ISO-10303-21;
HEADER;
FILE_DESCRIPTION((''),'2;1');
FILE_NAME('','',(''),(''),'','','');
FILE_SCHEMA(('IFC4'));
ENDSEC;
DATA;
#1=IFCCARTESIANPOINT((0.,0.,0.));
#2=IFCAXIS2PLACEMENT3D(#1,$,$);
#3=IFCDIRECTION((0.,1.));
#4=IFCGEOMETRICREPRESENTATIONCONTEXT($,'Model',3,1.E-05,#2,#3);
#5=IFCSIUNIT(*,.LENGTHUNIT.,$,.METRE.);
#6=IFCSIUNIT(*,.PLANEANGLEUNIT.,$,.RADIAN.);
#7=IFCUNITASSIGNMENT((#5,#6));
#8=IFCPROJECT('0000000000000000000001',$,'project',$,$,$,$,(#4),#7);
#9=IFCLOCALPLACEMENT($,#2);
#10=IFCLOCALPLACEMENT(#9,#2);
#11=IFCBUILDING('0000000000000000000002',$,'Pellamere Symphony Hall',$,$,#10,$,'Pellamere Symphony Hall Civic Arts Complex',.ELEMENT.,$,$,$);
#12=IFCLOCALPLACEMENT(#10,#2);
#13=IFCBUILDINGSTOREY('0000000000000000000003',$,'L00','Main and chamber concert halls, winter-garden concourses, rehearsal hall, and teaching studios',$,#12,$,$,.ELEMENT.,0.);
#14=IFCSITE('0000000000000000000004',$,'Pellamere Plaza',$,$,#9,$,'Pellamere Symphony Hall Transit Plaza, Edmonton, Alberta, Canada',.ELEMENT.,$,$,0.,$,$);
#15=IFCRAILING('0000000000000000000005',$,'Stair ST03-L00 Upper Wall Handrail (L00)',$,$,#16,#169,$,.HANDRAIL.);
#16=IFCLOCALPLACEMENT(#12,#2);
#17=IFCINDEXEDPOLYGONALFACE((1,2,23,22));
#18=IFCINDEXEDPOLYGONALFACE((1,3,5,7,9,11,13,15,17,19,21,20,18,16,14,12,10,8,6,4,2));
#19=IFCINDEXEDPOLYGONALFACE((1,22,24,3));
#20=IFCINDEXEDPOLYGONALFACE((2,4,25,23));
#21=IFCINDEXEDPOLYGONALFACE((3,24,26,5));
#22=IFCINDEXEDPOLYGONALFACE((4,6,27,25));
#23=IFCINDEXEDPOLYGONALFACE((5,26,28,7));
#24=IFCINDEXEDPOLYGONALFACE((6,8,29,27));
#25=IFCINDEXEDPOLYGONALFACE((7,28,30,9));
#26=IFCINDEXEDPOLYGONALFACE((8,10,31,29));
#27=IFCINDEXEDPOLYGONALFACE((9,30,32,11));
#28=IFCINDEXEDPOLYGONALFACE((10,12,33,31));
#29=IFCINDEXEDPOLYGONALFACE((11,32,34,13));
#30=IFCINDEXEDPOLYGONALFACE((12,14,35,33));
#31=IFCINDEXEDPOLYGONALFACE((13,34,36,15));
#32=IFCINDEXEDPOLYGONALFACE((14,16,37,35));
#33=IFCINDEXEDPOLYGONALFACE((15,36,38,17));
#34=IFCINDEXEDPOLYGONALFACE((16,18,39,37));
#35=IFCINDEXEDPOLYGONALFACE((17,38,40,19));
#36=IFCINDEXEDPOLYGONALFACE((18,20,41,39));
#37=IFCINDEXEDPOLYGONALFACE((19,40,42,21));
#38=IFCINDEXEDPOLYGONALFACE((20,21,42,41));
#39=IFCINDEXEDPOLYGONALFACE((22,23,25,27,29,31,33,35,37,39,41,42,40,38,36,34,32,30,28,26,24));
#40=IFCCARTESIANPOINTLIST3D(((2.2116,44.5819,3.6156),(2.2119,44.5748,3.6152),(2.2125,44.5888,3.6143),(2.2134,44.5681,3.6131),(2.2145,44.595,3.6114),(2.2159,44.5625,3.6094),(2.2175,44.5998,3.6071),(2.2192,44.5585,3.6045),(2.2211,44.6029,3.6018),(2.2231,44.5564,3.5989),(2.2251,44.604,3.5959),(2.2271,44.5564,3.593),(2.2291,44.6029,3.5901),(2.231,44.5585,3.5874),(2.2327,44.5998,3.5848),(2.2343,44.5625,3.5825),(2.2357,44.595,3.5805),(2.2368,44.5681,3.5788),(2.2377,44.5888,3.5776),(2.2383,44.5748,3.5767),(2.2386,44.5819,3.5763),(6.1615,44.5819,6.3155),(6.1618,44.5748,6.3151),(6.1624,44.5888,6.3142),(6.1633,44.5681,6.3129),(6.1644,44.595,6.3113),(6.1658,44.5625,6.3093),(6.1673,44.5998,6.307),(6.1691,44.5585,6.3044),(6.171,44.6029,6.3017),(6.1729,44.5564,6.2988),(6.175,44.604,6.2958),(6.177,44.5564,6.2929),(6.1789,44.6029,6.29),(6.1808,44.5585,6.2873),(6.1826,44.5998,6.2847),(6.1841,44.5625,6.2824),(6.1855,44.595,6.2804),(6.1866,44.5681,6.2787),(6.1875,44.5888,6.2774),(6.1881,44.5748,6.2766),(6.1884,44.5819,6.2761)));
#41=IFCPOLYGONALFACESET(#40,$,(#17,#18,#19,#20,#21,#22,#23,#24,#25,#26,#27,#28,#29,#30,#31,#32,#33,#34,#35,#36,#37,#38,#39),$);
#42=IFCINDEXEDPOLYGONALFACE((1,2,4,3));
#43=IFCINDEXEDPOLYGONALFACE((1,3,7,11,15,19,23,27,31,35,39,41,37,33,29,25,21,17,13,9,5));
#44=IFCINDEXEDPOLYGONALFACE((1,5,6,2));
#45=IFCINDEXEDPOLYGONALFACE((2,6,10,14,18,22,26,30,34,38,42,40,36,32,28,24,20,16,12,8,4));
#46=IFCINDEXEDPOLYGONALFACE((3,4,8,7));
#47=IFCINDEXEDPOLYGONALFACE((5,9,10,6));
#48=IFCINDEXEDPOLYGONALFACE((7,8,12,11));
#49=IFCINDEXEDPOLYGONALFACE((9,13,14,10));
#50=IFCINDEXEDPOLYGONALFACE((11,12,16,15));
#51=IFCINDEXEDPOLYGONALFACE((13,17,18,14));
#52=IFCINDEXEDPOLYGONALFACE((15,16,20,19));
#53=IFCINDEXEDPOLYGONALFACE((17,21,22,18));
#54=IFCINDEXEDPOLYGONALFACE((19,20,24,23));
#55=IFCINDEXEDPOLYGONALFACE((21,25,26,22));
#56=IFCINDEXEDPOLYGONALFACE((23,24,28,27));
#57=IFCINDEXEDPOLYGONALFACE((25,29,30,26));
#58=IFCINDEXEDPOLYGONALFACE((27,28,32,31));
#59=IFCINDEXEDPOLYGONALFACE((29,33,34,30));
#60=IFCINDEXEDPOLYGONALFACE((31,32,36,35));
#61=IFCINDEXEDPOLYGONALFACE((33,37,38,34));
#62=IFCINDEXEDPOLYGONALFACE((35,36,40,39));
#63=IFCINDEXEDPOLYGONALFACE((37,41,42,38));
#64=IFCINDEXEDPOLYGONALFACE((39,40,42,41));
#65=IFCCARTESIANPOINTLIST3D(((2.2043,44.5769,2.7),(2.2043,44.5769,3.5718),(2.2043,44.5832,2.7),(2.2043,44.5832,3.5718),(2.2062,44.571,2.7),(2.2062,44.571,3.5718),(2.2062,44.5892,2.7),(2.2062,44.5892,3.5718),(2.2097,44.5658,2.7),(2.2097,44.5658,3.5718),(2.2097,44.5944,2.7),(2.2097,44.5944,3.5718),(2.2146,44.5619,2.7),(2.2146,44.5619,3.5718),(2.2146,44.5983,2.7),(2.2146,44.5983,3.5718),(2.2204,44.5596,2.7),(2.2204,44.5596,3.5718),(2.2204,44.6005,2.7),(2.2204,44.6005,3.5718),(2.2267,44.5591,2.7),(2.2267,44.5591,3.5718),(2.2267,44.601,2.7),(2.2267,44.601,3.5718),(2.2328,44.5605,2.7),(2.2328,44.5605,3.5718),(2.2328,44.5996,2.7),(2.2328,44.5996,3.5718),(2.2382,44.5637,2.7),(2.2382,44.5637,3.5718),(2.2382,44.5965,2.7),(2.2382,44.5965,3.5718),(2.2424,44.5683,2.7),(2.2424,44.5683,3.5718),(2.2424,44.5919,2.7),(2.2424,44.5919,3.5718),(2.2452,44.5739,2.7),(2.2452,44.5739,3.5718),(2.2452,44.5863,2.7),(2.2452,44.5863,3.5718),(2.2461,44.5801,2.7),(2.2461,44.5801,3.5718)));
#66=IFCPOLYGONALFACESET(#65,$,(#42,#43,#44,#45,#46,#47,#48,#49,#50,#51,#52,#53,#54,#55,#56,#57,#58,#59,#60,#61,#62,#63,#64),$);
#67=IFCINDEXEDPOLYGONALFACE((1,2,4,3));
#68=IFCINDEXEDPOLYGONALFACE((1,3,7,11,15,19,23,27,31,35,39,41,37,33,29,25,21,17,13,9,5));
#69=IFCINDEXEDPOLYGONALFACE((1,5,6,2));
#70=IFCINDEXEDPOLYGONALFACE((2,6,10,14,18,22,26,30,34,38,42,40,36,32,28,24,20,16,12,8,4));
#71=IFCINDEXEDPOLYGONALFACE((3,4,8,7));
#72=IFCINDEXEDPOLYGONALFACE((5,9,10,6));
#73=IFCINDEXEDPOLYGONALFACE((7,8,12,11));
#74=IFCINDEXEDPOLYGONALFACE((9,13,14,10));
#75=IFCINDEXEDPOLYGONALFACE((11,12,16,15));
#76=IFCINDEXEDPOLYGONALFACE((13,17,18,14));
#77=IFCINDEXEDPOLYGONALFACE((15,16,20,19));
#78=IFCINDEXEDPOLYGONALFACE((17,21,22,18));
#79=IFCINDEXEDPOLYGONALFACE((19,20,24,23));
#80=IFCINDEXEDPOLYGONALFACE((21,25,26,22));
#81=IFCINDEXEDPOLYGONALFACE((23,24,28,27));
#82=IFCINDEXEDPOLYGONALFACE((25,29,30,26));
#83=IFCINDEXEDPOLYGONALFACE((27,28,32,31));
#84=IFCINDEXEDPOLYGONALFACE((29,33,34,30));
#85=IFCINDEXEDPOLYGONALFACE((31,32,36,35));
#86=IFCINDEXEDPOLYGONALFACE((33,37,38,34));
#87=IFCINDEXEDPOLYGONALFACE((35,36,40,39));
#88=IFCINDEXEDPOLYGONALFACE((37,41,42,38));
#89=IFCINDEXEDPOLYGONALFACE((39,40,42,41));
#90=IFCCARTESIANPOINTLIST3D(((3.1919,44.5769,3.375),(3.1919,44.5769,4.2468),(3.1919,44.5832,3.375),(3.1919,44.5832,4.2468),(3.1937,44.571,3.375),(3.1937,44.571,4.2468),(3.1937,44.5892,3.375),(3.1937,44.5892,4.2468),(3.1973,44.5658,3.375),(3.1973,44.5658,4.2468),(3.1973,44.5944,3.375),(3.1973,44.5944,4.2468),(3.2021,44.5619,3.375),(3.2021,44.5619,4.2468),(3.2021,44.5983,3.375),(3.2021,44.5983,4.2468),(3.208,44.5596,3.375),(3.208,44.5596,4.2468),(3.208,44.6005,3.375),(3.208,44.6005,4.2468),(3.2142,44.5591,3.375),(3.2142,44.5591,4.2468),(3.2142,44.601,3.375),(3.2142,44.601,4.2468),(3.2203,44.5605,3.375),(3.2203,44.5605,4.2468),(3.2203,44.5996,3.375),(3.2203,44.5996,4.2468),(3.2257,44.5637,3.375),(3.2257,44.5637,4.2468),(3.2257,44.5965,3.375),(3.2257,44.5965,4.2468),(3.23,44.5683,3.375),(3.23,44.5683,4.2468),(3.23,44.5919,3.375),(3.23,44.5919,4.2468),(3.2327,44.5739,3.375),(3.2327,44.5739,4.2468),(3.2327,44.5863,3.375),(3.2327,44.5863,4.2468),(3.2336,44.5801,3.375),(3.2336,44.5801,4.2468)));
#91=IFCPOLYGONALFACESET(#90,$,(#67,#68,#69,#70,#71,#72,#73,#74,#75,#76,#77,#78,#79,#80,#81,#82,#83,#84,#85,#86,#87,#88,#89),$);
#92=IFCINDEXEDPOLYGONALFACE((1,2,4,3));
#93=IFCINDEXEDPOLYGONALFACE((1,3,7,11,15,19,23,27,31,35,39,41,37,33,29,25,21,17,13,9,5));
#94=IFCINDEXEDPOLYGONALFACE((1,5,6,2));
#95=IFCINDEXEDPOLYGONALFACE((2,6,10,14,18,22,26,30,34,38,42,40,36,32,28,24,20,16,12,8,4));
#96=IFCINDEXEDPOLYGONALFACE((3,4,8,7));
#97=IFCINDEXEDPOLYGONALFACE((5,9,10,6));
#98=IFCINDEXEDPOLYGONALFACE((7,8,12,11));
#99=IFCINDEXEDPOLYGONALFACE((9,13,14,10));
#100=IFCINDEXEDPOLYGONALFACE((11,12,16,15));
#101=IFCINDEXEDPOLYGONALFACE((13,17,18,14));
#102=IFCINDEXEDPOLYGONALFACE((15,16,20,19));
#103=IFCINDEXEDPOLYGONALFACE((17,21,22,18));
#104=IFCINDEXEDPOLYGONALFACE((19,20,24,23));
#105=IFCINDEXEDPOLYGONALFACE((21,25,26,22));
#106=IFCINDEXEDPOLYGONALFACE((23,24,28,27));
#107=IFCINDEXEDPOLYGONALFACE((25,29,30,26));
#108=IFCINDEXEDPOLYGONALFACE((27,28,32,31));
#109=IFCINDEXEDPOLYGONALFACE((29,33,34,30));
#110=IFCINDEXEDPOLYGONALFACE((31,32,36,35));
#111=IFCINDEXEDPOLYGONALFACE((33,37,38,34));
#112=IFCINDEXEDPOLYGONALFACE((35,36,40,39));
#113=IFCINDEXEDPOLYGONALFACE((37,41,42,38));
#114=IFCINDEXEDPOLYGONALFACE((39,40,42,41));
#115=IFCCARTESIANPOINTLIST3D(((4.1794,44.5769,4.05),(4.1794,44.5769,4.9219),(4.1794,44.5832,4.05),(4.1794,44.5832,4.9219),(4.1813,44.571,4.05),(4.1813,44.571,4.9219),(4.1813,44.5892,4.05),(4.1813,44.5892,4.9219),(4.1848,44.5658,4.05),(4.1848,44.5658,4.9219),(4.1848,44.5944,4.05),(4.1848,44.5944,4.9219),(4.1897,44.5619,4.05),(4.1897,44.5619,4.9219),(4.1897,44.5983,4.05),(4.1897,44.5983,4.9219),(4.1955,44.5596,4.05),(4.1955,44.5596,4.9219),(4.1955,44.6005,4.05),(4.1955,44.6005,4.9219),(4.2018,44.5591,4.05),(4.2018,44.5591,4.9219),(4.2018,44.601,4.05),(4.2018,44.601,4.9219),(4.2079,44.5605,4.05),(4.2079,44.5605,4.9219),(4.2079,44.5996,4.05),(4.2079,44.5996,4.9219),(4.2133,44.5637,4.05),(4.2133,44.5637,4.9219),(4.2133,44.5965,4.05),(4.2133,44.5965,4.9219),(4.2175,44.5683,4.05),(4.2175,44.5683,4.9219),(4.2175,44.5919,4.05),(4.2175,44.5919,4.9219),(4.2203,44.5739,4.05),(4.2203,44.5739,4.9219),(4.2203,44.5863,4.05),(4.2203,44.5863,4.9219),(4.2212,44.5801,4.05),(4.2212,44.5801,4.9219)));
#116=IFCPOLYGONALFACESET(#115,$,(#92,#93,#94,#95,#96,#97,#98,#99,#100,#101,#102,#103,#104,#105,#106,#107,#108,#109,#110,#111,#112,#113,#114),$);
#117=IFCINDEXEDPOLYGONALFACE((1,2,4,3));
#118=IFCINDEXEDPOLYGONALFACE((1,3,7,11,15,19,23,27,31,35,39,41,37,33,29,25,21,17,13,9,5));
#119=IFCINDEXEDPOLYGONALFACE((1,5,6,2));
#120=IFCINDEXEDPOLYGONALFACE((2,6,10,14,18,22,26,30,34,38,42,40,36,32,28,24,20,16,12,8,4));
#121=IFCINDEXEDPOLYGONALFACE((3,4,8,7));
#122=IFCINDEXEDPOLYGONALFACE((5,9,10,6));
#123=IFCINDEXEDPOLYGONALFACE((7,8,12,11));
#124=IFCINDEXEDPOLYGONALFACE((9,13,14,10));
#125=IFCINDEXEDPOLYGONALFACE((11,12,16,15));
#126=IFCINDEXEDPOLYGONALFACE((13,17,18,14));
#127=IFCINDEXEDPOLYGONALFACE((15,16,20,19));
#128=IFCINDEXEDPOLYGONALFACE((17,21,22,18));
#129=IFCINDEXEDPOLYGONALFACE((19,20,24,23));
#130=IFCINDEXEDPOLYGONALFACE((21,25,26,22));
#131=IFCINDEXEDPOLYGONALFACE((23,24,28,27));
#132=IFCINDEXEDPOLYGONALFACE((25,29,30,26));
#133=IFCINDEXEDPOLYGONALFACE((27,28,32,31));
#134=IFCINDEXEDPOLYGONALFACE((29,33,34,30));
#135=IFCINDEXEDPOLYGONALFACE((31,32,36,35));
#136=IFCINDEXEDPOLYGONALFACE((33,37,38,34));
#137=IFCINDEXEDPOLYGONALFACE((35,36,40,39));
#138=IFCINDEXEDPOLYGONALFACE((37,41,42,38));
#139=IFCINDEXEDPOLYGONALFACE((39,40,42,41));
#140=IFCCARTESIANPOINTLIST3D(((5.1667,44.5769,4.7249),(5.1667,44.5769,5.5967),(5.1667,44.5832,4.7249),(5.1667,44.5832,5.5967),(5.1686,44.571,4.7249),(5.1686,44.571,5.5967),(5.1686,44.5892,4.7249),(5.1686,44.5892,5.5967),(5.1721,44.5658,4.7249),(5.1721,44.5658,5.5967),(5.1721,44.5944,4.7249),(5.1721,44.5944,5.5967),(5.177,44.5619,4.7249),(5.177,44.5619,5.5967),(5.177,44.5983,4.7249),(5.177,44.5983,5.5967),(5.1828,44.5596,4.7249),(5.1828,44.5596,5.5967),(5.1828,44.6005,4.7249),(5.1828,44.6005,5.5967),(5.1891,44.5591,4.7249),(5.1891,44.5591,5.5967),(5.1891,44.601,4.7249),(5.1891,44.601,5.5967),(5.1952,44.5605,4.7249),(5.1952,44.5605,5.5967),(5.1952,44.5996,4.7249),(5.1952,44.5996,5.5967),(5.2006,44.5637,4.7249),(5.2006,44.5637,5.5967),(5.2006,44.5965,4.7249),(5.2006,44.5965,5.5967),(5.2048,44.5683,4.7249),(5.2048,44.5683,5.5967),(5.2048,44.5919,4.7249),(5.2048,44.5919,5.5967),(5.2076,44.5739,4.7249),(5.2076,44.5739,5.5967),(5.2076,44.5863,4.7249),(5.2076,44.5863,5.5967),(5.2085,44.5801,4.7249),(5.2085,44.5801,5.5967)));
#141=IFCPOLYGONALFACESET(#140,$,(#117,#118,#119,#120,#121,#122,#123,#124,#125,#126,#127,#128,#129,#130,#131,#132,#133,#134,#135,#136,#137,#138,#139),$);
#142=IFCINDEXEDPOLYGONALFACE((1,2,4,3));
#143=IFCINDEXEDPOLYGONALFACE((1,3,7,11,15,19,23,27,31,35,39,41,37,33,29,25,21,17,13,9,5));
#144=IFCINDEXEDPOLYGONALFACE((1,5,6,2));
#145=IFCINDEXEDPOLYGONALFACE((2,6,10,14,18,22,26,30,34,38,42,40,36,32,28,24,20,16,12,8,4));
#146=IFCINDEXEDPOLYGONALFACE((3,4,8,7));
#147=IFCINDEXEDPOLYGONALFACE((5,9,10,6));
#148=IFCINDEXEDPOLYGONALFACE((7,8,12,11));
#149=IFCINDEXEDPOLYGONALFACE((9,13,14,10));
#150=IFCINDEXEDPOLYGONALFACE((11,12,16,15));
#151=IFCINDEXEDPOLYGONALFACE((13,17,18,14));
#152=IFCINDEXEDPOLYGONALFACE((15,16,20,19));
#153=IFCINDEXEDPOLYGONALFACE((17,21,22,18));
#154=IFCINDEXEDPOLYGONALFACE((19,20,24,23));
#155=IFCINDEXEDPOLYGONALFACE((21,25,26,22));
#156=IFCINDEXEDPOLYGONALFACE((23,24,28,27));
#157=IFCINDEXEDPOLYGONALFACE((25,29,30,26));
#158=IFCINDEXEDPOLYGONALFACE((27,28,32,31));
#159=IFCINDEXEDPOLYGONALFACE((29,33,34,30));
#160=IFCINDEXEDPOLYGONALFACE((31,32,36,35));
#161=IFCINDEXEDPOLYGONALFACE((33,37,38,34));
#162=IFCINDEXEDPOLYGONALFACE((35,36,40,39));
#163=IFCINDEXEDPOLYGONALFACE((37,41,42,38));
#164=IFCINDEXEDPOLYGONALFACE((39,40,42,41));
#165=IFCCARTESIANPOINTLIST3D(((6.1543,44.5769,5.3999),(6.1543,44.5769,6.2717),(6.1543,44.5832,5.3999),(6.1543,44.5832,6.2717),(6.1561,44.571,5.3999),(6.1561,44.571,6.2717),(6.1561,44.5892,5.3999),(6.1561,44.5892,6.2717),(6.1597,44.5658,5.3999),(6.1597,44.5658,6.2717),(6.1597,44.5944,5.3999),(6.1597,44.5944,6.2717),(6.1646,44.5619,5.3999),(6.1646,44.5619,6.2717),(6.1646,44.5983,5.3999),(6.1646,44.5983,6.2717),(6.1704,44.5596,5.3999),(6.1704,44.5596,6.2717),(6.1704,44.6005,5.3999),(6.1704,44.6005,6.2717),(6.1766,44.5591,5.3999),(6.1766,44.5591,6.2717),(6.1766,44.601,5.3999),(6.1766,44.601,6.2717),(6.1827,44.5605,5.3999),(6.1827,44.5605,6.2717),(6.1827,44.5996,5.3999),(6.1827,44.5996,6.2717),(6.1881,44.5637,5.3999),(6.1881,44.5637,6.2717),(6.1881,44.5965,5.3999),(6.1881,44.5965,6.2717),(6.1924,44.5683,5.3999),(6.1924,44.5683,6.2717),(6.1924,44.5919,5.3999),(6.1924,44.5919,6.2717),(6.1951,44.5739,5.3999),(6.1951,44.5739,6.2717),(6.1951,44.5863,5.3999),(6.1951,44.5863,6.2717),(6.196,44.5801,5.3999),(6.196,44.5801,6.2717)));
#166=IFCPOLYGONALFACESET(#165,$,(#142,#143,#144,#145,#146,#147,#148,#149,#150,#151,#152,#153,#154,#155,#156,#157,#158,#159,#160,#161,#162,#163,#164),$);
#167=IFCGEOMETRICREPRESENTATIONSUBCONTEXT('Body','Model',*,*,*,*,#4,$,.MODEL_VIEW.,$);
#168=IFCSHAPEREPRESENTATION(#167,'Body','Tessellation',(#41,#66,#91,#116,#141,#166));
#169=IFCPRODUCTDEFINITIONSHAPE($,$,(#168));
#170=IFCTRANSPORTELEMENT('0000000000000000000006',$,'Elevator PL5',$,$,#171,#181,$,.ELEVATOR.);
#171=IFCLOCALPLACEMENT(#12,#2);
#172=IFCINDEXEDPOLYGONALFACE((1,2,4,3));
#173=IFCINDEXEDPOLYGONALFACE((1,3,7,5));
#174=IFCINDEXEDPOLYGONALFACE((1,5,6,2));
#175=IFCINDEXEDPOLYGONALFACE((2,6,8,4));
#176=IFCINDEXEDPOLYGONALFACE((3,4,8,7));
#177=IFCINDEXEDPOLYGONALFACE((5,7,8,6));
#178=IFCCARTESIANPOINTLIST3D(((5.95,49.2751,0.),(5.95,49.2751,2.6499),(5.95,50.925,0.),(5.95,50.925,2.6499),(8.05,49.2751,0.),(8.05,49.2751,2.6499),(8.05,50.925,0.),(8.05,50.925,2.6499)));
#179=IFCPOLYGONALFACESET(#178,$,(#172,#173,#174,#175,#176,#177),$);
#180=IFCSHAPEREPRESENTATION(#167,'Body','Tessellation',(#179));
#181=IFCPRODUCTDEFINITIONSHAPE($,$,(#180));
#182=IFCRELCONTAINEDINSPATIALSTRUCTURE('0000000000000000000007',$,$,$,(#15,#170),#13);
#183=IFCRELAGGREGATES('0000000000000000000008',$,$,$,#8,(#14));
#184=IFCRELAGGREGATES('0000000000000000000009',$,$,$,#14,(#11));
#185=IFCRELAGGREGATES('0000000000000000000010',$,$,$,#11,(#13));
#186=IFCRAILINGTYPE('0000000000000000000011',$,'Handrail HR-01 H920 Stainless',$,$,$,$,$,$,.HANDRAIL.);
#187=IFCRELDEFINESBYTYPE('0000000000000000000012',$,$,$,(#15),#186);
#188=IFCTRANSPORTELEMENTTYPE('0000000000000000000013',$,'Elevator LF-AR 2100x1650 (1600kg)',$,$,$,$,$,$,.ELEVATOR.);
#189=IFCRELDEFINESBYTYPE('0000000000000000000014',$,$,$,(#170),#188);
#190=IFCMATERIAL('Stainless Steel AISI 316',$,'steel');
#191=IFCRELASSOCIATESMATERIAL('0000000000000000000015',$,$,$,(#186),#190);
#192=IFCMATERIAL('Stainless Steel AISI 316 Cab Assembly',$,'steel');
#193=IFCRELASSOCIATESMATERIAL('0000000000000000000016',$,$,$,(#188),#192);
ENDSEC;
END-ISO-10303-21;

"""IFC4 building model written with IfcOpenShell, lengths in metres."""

from ifc_helpers import new_model, si_unit, direction, frame, origin, origin_2d, place, context, subcontext, project, spatial, rectangle, circle, extrude, material, type_object, element, save


model = new_model("IFC4")

# Units and contexts
model_context = context("Model", 3, precision=1e-05, world=origin(), true_north=direction((0.0, 1.0)))
body_context = subcontext(model_context, "Body", "Model", "MODEL_VIEW")
ifc_project = project(units=[si_unit("LENGTHUNIT", "METRE"), si_unit("PLANEANGLEUNIT", "RADIAN")], contexts=[model_context])

# Site, building, storey
site_placement = place(None, origin())
site = spatial("IfcSite", under=ifc_project, at=site_placement, Name="Pellamere Plaza", LongName="Pellamere Symphony Hall Transit Plaza, Edmonton, Alberta, Canada", CompositionType="ELEMENT", RefElevation=0.0)
building_placement = place(site_placement, origin())
building = spatial("IfcBuilding", under=site, at=building_placement, Name="Pellamere Symphony Hall", LongName="Pellamere Symphony Hall Civic Arts Complex", CompositionType="ELEMENT")
storey_placement = place(building_placement, origin())
storey = spatial("IfcBuildingStorey", under=building, at=storey_placement, Name="L00", Description="Main and chamber concert halls, winter-garden concourses, rehearsal hall, and teaching studios", CompositionType="ELEMENT", Elevation=0.0)

# Railing
ifc_material_1 = material(Name="Stainless Steel AISI 316", Category="steel")
railing_type = type_object("IfcRailingType", Name="Handrail HR-01 H920 Stainless", PredefinedType="HANDRAIL", material=ifc_material_1)
railing_placement = place(storey_placement, frame((2.2251, 44.5801, 2.7)))
element("IfcRailing", 1, at=railing_placement, inside=storey, type_object=railing_type, Name="Stair ST03-L00 Upper Wall Handrail (L00)", PredefinedType="HANDRAIL", context=body_context, shape_type="SweptSolid", body=[
    extrude(circle(Radius=0.0239, at=origin_2d()), frame((0.0, 0.0, 0.896), z_axis=(0.825565, 0.0, 0.564307), x_axis=(0.0, 1.0, 0.0)), (0.0, 0.0, 1.0), 4.7844),
    extrude(circle(Radius=0.021, at=origin_2d()), origin(), (0.0, 0.0, 1.0), 0.8718),
    extrude(circle(Radius=0.021, at=origin_2d()), frame((0.9875, 0.0, 0.675)), (0.0, 0.0, 1.0), 0.8718),
    extrude(circle(Radius=0.021, at=origin_2d()), frame((1.9751, 0.0, 1.3501)), (0.0, 0.0, 1.0), 0.8718),
    extrude(circle(Radius=0.021, at=origin_2d()), frame((2.9624, 0.0, 2.0249)), (0.0, 0.0, 1.0), 0.8718),
    extrude(circle(Radius=0.021, at=origin_2d()), frame((3.95, 0.0, 2.7)), (0.0, 0.0, 1.0), 0.8718),
])

# Transport element
ifc_material_2 = material(Name="Stainless Steel AISI 316 Cab Assembly", Category="steel")
transport_element_type = type_object("IfcTransportElementType", Name="Elevator LF-AR 2100x1650 (1600kg)", PredefinedType="ELEVATOR", material=ifc_material_2)
transport_element_placement = place(storey_placement, frame((7.0, 50.1001, 0.0), z_axis=(0.0, 0.0, 1.0), x_axis=(1.0, 0.0, 0.0)))
element("IfcTransportElement", 2, at=transport_element_placement, inside=storey, type_object=transport_element_type, Name="Elevator PL5", PredefinedType="ELEVATOR", context=body_context, shape_type="SweptSolid", body=[
    extrude(rectangle(XDim=2.1001, YDim=1.6499, at=origin_2d()), origin(), (0.0, 0.0, 1.0), 2.6499),
])

save(model, "model.ifc")
